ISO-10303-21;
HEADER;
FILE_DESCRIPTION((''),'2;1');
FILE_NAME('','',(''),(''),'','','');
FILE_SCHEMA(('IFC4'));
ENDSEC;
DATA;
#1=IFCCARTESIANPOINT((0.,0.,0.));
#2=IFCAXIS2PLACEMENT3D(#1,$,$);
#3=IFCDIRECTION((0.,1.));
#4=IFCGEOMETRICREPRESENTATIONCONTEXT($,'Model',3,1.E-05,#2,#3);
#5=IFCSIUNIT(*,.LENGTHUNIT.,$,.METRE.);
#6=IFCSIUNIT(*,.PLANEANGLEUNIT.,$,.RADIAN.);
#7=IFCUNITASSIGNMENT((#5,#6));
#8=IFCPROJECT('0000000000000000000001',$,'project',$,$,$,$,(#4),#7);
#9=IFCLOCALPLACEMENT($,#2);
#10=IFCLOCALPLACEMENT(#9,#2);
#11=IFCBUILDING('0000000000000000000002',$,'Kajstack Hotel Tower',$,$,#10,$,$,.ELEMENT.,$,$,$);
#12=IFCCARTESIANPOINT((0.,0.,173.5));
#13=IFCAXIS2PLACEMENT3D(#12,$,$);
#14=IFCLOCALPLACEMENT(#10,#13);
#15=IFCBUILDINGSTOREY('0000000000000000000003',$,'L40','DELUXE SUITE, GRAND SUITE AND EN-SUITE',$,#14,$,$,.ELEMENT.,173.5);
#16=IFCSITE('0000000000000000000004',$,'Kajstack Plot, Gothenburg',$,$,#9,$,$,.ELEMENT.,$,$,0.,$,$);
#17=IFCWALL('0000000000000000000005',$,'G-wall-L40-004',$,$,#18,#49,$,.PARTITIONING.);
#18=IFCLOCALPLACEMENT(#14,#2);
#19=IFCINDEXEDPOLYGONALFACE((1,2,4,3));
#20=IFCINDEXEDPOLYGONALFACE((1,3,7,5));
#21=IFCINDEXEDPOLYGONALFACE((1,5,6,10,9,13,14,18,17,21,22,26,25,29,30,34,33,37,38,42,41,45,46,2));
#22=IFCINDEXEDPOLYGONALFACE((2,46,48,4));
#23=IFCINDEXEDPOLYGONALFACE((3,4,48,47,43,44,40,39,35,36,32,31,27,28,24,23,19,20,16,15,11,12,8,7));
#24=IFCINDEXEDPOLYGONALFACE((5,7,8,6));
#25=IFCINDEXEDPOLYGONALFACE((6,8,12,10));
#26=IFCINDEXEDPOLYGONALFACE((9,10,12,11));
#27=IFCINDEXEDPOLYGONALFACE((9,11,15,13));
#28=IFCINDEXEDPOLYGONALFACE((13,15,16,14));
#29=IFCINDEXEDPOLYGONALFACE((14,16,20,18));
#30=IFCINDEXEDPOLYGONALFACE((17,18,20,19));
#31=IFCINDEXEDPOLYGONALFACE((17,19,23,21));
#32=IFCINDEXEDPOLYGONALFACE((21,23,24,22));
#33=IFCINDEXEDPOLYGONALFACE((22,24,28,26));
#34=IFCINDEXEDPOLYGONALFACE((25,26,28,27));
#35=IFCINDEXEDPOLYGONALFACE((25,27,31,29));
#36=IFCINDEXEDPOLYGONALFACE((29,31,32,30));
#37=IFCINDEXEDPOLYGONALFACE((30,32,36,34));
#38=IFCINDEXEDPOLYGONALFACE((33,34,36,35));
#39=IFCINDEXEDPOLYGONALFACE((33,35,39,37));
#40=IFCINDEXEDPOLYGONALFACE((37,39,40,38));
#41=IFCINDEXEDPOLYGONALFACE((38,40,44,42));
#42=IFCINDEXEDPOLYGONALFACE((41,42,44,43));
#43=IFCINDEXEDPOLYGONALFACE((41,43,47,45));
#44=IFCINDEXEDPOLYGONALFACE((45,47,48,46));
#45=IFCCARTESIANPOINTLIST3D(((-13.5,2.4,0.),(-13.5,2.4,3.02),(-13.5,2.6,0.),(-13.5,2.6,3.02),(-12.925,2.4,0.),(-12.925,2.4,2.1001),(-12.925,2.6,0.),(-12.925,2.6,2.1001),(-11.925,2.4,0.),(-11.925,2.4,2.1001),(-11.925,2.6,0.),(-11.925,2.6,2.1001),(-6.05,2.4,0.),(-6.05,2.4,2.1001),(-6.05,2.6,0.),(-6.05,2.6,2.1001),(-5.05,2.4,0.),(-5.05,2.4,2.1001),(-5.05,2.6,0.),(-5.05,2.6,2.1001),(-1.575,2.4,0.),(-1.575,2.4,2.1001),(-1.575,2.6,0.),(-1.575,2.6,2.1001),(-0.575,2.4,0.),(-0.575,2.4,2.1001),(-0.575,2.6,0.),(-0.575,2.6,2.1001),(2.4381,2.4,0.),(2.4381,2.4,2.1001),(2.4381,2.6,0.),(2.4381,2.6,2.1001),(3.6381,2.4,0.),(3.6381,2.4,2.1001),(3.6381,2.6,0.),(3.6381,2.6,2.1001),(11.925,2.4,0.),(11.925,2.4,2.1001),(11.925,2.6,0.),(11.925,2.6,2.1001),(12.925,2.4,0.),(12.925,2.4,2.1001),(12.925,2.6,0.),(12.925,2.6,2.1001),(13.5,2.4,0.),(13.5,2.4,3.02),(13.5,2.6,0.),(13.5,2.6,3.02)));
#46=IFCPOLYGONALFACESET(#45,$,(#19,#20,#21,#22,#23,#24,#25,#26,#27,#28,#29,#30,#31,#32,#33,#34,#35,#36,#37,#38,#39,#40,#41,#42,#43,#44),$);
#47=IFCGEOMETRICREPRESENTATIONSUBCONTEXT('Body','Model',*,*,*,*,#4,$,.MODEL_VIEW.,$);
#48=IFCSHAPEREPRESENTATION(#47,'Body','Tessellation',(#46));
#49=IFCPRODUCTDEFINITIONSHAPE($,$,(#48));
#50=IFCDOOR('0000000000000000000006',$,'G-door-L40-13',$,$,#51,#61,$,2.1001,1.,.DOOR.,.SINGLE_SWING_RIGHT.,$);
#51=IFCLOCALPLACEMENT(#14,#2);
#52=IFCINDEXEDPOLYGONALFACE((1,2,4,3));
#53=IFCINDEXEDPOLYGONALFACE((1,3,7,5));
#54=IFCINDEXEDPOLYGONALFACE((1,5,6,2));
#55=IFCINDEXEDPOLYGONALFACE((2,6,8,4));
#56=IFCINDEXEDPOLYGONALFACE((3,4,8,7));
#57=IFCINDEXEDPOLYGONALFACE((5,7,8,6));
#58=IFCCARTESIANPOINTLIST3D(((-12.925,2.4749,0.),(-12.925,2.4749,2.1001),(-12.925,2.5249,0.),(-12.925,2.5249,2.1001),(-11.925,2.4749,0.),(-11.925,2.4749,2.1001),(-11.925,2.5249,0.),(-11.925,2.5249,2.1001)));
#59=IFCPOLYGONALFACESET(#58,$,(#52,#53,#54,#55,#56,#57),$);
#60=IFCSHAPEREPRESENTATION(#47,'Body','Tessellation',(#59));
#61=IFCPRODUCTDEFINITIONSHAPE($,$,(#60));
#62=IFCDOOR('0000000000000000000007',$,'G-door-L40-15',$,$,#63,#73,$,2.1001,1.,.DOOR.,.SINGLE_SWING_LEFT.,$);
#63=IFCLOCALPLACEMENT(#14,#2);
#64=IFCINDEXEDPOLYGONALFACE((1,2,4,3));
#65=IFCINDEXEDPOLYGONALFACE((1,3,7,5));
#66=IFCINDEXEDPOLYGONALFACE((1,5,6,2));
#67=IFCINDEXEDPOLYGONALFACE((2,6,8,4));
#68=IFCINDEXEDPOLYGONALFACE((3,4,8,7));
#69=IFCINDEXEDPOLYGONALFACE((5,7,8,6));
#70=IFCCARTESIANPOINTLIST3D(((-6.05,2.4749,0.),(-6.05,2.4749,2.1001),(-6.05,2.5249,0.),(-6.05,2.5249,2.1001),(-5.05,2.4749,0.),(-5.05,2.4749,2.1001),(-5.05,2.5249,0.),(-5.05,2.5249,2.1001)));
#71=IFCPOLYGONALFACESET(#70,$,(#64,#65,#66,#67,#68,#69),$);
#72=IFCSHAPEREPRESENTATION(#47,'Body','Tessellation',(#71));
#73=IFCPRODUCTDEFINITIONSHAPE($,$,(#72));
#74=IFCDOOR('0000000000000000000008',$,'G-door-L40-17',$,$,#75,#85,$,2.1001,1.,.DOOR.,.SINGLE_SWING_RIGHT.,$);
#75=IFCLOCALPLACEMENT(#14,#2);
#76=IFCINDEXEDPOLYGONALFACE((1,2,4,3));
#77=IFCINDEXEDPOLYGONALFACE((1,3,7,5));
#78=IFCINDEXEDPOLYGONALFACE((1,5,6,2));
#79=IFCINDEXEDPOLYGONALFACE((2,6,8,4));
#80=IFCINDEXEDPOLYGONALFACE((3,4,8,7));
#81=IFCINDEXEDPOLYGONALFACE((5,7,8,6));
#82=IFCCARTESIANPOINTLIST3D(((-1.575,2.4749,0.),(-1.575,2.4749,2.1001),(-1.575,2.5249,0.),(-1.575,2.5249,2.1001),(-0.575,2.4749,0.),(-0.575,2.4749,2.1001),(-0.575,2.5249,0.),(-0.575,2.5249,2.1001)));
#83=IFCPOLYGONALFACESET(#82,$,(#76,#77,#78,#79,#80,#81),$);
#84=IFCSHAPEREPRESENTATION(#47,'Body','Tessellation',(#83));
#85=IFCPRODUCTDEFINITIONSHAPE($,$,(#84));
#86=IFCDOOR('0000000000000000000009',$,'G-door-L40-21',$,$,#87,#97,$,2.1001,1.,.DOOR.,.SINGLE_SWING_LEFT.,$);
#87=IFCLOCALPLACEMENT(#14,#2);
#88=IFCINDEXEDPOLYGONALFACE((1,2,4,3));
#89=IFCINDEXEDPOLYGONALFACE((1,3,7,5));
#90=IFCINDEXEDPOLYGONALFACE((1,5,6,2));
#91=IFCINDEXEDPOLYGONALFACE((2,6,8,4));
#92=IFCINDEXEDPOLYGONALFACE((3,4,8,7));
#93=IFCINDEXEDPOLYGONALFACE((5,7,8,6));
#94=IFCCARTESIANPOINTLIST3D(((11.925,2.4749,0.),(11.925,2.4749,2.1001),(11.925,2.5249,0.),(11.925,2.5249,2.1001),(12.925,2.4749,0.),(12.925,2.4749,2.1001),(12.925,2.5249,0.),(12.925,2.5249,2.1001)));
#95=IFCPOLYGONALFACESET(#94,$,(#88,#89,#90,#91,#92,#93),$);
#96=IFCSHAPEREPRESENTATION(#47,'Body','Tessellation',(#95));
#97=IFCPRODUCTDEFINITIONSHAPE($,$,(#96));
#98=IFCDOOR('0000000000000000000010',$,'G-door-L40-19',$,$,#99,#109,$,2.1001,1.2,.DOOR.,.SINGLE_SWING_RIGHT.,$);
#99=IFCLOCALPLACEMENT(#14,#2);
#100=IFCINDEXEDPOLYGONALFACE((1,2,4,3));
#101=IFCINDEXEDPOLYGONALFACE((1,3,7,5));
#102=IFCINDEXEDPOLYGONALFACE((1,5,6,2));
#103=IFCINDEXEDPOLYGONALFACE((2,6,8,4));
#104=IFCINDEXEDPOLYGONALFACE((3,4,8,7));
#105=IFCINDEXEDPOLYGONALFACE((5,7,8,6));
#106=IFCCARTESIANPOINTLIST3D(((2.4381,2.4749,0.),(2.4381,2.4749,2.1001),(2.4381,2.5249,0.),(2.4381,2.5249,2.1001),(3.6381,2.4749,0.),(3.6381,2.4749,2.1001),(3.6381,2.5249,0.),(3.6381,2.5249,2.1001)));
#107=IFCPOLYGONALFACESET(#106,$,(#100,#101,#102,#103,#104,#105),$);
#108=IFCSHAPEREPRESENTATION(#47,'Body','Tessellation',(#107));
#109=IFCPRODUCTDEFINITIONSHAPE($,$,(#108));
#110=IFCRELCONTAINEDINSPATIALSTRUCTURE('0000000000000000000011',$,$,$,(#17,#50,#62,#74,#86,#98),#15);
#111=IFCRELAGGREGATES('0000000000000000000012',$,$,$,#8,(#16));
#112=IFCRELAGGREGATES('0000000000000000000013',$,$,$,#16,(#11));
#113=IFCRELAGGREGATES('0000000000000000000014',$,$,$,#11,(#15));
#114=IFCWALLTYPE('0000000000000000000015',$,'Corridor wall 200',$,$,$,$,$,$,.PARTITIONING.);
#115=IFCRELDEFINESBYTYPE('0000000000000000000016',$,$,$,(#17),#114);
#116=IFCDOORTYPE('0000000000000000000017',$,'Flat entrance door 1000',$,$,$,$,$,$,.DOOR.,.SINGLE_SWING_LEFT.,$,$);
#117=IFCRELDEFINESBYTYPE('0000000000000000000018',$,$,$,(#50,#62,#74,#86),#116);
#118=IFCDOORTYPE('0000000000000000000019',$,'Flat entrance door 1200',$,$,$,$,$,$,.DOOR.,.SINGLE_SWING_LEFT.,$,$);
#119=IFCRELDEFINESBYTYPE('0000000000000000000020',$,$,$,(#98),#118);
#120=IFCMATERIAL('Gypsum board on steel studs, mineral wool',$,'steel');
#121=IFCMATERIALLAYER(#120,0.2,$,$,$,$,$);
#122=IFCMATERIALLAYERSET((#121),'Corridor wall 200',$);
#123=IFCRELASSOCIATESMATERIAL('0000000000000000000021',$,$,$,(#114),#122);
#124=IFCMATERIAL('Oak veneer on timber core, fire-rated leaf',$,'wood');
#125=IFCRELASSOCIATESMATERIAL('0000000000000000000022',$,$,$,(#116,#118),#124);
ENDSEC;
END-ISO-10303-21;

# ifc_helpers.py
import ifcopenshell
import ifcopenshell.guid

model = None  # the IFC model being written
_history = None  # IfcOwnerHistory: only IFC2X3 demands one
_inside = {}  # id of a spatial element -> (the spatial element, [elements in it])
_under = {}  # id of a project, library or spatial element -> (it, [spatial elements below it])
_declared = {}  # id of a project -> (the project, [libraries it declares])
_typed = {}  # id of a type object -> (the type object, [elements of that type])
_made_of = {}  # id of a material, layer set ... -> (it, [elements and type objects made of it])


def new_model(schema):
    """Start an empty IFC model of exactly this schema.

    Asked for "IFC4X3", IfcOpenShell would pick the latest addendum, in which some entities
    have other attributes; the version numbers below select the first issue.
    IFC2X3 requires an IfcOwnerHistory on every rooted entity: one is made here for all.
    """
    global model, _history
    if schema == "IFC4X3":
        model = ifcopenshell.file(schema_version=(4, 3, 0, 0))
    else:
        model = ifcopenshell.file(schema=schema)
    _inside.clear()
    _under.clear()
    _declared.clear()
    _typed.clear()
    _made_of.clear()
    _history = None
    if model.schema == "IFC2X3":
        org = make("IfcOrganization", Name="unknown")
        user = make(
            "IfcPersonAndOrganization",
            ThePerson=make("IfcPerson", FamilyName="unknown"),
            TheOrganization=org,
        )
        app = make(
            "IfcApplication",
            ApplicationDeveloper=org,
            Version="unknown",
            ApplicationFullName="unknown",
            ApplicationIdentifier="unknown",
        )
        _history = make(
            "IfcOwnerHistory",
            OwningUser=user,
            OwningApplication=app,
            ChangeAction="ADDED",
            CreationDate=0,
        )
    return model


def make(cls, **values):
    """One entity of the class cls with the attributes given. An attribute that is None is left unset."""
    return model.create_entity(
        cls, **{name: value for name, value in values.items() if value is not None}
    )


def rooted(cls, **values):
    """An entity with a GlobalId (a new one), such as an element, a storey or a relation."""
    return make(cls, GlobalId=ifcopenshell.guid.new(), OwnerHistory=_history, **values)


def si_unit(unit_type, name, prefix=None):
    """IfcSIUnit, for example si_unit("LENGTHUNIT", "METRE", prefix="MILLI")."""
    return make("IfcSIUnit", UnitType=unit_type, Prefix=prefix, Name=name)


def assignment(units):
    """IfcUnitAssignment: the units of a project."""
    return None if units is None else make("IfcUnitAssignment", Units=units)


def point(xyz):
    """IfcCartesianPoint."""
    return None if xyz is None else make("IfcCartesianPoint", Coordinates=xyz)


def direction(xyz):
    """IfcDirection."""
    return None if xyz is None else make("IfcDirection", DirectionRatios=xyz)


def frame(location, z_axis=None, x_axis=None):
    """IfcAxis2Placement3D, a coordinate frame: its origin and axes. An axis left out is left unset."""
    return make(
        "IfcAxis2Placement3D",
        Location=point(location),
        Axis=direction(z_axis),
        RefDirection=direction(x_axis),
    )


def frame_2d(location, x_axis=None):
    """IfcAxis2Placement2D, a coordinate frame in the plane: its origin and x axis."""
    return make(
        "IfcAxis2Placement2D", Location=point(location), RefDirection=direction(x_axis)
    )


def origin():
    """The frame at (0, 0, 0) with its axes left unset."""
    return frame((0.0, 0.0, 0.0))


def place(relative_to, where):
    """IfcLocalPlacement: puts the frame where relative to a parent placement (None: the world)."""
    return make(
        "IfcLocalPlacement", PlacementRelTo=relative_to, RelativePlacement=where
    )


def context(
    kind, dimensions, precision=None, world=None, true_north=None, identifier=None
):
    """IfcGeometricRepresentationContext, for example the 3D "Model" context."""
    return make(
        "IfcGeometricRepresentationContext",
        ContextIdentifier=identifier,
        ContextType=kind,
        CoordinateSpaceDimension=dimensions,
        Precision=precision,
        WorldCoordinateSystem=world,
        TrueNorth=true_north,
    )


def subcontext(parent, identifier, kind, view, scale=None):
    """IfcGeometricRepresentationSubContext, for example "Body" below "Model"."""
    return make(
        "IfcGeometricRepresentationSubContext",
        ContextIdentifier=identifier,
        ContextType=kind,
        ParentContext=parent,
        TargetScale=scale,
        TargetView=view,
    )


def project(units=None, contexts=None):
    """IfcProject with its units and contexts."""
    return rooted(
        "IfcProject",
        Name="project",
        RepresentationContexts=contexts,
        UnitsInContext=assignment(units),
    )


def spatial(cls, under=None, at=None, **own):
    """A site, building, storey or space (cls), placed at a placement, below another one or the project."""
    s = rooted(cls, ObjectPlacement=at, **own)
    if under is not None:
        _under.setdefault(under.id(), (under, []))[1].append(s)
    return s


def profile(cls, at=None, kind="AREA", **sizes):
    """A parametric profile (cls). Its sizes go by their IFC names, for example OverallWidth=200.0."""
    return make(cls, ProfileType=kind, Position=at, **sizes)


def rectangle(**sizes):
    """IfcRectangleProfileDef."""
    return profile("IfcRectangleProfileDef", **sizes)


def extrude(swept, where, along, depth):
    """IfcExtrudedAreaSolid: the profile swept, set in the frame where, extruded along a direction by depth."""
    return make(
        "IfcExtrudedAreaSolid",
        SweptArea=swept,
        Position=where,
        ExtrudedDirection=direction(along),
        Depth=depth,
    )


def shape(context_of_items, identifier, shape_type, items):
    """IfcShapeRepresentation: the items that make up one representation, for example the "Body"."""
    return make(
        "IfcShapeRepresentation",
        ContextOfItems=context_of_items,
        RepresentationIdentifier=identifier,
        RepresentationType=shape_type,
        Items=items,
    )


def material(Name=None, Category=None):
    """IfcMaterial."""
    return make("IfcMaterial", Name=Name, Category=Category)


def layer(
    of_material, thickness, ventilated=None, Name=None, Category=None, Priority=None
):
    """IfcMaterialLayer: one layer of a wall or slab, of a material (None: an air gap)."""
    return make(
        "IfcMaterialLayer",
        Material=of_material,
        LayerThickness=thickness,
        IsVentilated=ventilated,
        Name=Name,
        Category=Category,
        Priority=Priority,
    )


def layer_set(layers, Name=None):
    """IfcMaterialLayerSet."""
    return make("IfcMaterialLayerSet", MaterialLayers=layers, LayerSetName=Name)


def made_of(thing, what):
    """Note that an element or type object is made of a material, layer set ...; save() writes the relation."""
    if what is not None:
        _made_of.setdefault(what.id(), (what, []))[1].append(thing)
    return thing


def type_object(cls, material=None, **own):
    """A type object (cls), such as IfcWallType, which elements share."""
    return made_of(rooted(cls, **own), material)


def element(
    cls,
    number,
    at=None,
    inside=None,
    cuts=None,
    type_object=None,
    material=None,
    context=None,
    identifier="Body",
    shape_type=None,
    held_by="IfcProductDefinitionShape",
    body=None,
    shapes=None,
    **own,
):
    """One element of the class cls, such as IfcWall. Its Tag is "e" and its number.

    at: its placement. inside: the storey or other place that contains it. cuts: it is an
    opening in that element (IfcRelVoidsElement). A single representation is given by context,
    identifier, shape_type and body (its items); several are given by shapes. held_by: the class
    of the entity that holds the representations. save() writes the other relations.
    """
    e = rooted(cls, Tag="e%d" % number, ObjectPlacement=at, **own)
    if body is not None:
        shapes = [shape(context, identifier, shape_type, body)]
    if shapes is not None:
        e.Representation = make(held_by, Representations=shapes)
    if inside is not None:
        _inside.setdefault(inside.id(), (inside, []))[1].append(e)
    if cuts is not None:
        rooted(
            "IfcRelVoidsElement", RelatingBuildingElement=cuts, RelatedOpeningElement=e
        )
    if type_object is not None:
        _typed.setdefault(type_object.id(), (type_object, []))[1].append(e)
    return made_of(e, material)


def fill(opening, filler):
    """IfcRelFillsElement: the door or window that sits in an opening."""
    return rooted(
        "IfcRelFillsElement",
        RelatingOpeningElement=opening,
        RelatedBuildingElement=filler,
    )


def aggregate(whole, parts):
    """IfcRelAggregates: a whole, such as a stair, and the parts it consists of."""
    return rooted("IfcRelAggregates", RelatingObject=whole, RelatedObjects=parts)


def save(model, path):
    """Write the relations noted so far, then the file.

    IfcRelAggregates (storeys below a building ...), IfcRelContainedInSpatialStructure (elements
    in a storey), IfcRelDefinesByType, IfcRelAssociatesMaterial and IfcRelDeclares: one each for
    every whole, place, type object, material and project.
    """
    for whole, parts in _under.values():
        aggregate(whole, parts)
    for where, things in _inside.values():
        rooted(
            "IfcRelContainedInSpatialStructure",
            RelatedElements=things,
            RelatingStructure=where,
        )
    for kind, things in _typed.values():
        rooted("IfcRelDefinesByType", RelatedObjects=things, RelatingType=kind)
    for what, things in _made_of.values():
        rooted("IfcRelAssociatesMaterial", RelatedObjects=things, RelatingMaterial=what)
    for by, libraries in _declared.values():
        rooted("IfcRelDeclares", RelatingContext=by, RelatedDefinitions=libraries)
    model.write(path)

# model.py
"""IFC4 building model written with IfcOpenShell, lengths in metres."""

from ifc_helpers import new_model, si_unit, direction, frame, frame_2d, origin, place, context, subcontext, project, spatial, rectangle, extrude, material, layer, layer_set, type_object, element, fill, save


model = new_model("IFC4")

# Units and contexts
model_context = context("Model", 3, precision=1e-05, world=origin(), true_north=direction((0.0, 1.0)))
body_context = subcontext(model_context, "Body", "Model", "MODEL_VIEW")
ifc_project = project(units=[si_unit("LENGTHUNIT", "METRE"), si_unit("PLANEANGLEUNIT", "RADIAN")], contexts=[model_context])

# Site, building, storey
site_placement = place(None, origin())
site = spatial("IfcSite", under=ifc_project, at=site_placement, Name="Kajstack Plot, Gothenburg", CompositionType="ELEMENT", RefElevation=0.0)
building_placement = place(site_placement, origin())
building = spatial("IfcBuilding", under=site, at=building_placement, Name="Kajstack Hotel Tower", CompositionType="ELEMENT")
storey_placement = place(building_placement, frame((0.0, 0.0, 173.5)))
storey = spatial("IfcBuildingStorey", under=building, at=storey_placement, Name="L40", Description="DELUXE SUITE, GRAND SUITE AND EN-SUITE", CompositionType="ELEMENT", Elevation=173.5)

# Wall, openings, doors
ifc_material_1 = material(Name="Gypsum board on steel studs, mineral wool", Category="steel")
ifc_layer_1 = layer(ifc_material_1, 0.2)
ifc_layer_set_1 = layer_set([ifc_layer_1], Name="Corridor wall 200")
wall_type_1 = type_object("IfcWallType", Name="Corridor wall 200", PredefinedType="PARTITIONING", material=ifc_layer_set_1)
wall_1_placement = place(storey_placement, frame((-13.5, 2.5, 0.0), z_axis=(0.0, 0.0, 1.0), x_axis=(1.0, 0.0, 0.0)))
wall_1 = element("IfcWall", 1, at=wall_1_placement, inside=storey, type_object=wall_type_1, Name="G-wall-L40-004", PredefinedType="PARTITIONING", context=body_context, shape_type="SweptSolid", body=[
    extrude(rectangle(XDim=27.0, YDim=0.2, at=frame_2d((13.5, 0.0))), origin(), (0.0, 0.0, 1.0), 3.02),
])
opening_1_placement = place(wall_1_placement, frame((0.575, 0.0, 0.0)))
opening_1 = element("IfcOpeningElement", 2, at=opening_1_placement, cuts=wall_1, PredefinedType="OPENING", context=body_context, shape_type="SweptSolid", body=[
    extrude(rectangle(XDim=1.0, YDim=2.1001, at=frame_2d((0.5, 1.05))), frame((0.0, 0.1099, 0.0), z_axis=(0.0, -1.0, 0.0), x_axis=(1.0, 0.0, 0.0)), (0.0, 0.0, 1.0), 0.22),
])
opening_2_placement = place(wall_1_placement, frame((7.45, 0.0, 0.0)))
opening_2 = element("IfcOpeningElement", 3, at=opening_2_placement, cuts=wall_1, PredefinedType="OPENING", context=body_context, shape_type="SweptSolid", body=[
    extrude(rectangle(XDim=1.0, YDim=2.1001, at=frame_2d((0.5, 1.05))), frame((0.0, 0.1099, 0.0), z_axis=(0.0, -1.0, 0.0), x_axis=(1.0, 0.0, 0.0)), (0.0, 0.0, 1.0), 0.22),
])
opening_3_placement = place(wall_1_placement, frame((11.925, 0.0, 0.0)))
opening_3 = element("IfcOpeningElement", 4, at=opening_3_placement, cuts=wall_1, PredefinedType="OPENING", context=body_context, shape_type="SweptSolid", body=[
    extrude(rectangle(XDim=1.0, YDim=2.1001, at=frame_2d((0.5, 1.05))), frame((0.0, 0.1099, 0.0), z_axis=(0.0, -1.0, 0.0), x_axis=(1.0, 0.0, 0.0)), (0.0, 0.0, 1.0), 0.22),
])
opening_4_placement = place(wall_1_placement, frame((15.938, 0.0, 0.0)))
opening_4 = element("IfcOpeningElement", 5, at=opening_4_placement, cuts=wall_1, PredefinedType="OPENING", context=body_context, shape_type="SweptSolid", body=[
    extrude(rectangle(XDim=1.2, YDim=2.1001, at=frame_2d((0.6001, 1.05))), frame((0.0, 0.1099, 0.0), z_axis=(0.0, -1.0, 0.0), x_axis=(1.0, 0.0, 0.0)), (0.0, 0.0, 1.0), 0.22),
])
opening_5_placement = place(wall_1_placement, frame((25.425, 0.0, 0.0)))
opening_5 = element("IfcOpeningElement", 6, at=opening_5_placement, cuts=wall_1, PredefinedType="OPENING", context=body_context, shape_type="SweptSolid", body=[
    extrude(rectangle(XDim=1.0, YDim=2.1001, at=frame_2d((0.5, 1.05))), frame((0.0, 0.1099, 0.0), z_axis=(0.0, -1.0, 0.0), x_axis=(1.0, 0.0, 0.0)), (0.0, 0.0, 1.0), 0.22),
])
ifc_material_2 = material(Name="Oak veneer on timber core, fire-rated leaf", Category="wood")
door_type_1 = type_object("IfcDoorType", Name="Flat entrance door 1000", OperationType="SINGLE_SWING_LEFT", PredefinedType="DOOR", material=ifc_material_2)
door_1_placement = place(opening_1_placement, origin())
door_1 = element("IfcDoor", 7, at=door_1_placement, inside=storey, type_object=door_type_1, Name="G-door-L40-13", OperationType="SINGLE_SWING_RIGHT", OverallHeight=2.1001, OverallWidth=1.0, PredefinedType="DOOR", context=body_context, shape_type="SweptSolid", body=[
    extrude(rectangle(XDim=1.0, YDim=2.1001, at=frame_2d((0.5, 1.05))), frame((0.0, 0.0249, 0.0), z_axis=(0.0, -1.0, 0.0), x_axis=(1.0, 0.0, 0.0)), (0.0, 0.0, 1.0), 0.05),
])
fill(opening_1, door_1)
door_2_placement = place(opening_2_placement, origin())
door_2 = element("IfcDoor", 8, at=door_2_placement, inside=storey, type_object=door_type_1, Name="G-door-L40-15", OperationType="SINGLE_SWING_LEFT", OverallHeight=2.1001, OverallWidth=1.0, PredefinedType="DOOR", context=body_context, shape_type="SweptSolid", body=[
    extrude(rectangle(XDim=1.0, YDim=2.1001, at=frame_2d((0.5, 1.05))), frame((0.0, 0.0249, 0.0), z_axis=(0.0, -1.0, 0.0), x_axis=(1.0, 0.0, 0.0)), (0.0, 0.0, 1.0), 0.05),
])
fill(opening_2, door_2)
door_3_placement = place(opening_3_placement, origin())
door_3 = element("IfcDoor", 9, at=door_3_placement, inside=storey, type_object=door_type_1, Name="G-door-L40-17", OperationType="SINGLE_SWING_RIGHT", OverallHeight=2.1001, OverallWidth=1.0, PredefinedType="DOOR", context=body_context, shape_type="SweptSolid", body=[
    extrude(rectangle(XDim=1.0, YDim=2.1001, at=frame_2d((0.5, 1.05))), frame((0.0, 0.0249, 0.0), z_axis=(0.0, -1.0, 0.0), x_axis=(1.0, 0.0, 0.0)), (0.0, 0.0, 1.0), 0.05),
])
fill(opening_3, door_3)
door_4_placement = place(opening_5_placement, origin())
door_4 = element("IfcDoor", 10, at=door_4_placement, inside=storey, type_object=door_type_1, Name="G-door-L40-21", OperationType="SINGLE_SWING_LEFT", OverallHeight=2.1001, OverallWidth=1.0, PredefinedType="DOOR", context=body_context, shape_type="SweptSolid", body=[
    extrude(rectangle(XDim=1.0, YDim=2.1001, at=frame_2d((0.5, 1.05))), frame((0.0, 0.0249, 0.0), z_axis=(0.0, -1.0, 0.0), x_axis=(1.0, 0.0, 0.0)), (0.0, 0.0, 1.0), 0.05),
])
fill(opening_5, door_4)
door_type_2 = type_object("IfcDoorType", Name="Flat entrance door 1200", OperationType="SINGLE_SWING_LEFT", PredefinedType="DOOR", material=ifc_material_2)
door_5_placement = place(opening_4_placement, origin())
door_5 = element("IfcDoor", 11, at=door_5_placement, inside=storey, type_object=door_type_2, Name="G-door-L40-19", OperationType="SINGLE_SWING_RIGHT", OverallHeight=2.1001, OverallWidth=1.2, PredefinedType="DOOR", context=body_context, shape_type="SweptSolid", body=[
    extrude(rectangle(XDim=1.2, YDim=2.1001, at=frame_2d((0.6001, 1.05))), frame((0.0, 0.0249, 0.0), z_axis=(0.0, -1.0, 0.0), x_axis=(1.0, 0.0, 0.0)), (0.0, 0.0, 1.0), 0.05),
])
fill(opening_4, door_5)

save(model, "model.ifc")
